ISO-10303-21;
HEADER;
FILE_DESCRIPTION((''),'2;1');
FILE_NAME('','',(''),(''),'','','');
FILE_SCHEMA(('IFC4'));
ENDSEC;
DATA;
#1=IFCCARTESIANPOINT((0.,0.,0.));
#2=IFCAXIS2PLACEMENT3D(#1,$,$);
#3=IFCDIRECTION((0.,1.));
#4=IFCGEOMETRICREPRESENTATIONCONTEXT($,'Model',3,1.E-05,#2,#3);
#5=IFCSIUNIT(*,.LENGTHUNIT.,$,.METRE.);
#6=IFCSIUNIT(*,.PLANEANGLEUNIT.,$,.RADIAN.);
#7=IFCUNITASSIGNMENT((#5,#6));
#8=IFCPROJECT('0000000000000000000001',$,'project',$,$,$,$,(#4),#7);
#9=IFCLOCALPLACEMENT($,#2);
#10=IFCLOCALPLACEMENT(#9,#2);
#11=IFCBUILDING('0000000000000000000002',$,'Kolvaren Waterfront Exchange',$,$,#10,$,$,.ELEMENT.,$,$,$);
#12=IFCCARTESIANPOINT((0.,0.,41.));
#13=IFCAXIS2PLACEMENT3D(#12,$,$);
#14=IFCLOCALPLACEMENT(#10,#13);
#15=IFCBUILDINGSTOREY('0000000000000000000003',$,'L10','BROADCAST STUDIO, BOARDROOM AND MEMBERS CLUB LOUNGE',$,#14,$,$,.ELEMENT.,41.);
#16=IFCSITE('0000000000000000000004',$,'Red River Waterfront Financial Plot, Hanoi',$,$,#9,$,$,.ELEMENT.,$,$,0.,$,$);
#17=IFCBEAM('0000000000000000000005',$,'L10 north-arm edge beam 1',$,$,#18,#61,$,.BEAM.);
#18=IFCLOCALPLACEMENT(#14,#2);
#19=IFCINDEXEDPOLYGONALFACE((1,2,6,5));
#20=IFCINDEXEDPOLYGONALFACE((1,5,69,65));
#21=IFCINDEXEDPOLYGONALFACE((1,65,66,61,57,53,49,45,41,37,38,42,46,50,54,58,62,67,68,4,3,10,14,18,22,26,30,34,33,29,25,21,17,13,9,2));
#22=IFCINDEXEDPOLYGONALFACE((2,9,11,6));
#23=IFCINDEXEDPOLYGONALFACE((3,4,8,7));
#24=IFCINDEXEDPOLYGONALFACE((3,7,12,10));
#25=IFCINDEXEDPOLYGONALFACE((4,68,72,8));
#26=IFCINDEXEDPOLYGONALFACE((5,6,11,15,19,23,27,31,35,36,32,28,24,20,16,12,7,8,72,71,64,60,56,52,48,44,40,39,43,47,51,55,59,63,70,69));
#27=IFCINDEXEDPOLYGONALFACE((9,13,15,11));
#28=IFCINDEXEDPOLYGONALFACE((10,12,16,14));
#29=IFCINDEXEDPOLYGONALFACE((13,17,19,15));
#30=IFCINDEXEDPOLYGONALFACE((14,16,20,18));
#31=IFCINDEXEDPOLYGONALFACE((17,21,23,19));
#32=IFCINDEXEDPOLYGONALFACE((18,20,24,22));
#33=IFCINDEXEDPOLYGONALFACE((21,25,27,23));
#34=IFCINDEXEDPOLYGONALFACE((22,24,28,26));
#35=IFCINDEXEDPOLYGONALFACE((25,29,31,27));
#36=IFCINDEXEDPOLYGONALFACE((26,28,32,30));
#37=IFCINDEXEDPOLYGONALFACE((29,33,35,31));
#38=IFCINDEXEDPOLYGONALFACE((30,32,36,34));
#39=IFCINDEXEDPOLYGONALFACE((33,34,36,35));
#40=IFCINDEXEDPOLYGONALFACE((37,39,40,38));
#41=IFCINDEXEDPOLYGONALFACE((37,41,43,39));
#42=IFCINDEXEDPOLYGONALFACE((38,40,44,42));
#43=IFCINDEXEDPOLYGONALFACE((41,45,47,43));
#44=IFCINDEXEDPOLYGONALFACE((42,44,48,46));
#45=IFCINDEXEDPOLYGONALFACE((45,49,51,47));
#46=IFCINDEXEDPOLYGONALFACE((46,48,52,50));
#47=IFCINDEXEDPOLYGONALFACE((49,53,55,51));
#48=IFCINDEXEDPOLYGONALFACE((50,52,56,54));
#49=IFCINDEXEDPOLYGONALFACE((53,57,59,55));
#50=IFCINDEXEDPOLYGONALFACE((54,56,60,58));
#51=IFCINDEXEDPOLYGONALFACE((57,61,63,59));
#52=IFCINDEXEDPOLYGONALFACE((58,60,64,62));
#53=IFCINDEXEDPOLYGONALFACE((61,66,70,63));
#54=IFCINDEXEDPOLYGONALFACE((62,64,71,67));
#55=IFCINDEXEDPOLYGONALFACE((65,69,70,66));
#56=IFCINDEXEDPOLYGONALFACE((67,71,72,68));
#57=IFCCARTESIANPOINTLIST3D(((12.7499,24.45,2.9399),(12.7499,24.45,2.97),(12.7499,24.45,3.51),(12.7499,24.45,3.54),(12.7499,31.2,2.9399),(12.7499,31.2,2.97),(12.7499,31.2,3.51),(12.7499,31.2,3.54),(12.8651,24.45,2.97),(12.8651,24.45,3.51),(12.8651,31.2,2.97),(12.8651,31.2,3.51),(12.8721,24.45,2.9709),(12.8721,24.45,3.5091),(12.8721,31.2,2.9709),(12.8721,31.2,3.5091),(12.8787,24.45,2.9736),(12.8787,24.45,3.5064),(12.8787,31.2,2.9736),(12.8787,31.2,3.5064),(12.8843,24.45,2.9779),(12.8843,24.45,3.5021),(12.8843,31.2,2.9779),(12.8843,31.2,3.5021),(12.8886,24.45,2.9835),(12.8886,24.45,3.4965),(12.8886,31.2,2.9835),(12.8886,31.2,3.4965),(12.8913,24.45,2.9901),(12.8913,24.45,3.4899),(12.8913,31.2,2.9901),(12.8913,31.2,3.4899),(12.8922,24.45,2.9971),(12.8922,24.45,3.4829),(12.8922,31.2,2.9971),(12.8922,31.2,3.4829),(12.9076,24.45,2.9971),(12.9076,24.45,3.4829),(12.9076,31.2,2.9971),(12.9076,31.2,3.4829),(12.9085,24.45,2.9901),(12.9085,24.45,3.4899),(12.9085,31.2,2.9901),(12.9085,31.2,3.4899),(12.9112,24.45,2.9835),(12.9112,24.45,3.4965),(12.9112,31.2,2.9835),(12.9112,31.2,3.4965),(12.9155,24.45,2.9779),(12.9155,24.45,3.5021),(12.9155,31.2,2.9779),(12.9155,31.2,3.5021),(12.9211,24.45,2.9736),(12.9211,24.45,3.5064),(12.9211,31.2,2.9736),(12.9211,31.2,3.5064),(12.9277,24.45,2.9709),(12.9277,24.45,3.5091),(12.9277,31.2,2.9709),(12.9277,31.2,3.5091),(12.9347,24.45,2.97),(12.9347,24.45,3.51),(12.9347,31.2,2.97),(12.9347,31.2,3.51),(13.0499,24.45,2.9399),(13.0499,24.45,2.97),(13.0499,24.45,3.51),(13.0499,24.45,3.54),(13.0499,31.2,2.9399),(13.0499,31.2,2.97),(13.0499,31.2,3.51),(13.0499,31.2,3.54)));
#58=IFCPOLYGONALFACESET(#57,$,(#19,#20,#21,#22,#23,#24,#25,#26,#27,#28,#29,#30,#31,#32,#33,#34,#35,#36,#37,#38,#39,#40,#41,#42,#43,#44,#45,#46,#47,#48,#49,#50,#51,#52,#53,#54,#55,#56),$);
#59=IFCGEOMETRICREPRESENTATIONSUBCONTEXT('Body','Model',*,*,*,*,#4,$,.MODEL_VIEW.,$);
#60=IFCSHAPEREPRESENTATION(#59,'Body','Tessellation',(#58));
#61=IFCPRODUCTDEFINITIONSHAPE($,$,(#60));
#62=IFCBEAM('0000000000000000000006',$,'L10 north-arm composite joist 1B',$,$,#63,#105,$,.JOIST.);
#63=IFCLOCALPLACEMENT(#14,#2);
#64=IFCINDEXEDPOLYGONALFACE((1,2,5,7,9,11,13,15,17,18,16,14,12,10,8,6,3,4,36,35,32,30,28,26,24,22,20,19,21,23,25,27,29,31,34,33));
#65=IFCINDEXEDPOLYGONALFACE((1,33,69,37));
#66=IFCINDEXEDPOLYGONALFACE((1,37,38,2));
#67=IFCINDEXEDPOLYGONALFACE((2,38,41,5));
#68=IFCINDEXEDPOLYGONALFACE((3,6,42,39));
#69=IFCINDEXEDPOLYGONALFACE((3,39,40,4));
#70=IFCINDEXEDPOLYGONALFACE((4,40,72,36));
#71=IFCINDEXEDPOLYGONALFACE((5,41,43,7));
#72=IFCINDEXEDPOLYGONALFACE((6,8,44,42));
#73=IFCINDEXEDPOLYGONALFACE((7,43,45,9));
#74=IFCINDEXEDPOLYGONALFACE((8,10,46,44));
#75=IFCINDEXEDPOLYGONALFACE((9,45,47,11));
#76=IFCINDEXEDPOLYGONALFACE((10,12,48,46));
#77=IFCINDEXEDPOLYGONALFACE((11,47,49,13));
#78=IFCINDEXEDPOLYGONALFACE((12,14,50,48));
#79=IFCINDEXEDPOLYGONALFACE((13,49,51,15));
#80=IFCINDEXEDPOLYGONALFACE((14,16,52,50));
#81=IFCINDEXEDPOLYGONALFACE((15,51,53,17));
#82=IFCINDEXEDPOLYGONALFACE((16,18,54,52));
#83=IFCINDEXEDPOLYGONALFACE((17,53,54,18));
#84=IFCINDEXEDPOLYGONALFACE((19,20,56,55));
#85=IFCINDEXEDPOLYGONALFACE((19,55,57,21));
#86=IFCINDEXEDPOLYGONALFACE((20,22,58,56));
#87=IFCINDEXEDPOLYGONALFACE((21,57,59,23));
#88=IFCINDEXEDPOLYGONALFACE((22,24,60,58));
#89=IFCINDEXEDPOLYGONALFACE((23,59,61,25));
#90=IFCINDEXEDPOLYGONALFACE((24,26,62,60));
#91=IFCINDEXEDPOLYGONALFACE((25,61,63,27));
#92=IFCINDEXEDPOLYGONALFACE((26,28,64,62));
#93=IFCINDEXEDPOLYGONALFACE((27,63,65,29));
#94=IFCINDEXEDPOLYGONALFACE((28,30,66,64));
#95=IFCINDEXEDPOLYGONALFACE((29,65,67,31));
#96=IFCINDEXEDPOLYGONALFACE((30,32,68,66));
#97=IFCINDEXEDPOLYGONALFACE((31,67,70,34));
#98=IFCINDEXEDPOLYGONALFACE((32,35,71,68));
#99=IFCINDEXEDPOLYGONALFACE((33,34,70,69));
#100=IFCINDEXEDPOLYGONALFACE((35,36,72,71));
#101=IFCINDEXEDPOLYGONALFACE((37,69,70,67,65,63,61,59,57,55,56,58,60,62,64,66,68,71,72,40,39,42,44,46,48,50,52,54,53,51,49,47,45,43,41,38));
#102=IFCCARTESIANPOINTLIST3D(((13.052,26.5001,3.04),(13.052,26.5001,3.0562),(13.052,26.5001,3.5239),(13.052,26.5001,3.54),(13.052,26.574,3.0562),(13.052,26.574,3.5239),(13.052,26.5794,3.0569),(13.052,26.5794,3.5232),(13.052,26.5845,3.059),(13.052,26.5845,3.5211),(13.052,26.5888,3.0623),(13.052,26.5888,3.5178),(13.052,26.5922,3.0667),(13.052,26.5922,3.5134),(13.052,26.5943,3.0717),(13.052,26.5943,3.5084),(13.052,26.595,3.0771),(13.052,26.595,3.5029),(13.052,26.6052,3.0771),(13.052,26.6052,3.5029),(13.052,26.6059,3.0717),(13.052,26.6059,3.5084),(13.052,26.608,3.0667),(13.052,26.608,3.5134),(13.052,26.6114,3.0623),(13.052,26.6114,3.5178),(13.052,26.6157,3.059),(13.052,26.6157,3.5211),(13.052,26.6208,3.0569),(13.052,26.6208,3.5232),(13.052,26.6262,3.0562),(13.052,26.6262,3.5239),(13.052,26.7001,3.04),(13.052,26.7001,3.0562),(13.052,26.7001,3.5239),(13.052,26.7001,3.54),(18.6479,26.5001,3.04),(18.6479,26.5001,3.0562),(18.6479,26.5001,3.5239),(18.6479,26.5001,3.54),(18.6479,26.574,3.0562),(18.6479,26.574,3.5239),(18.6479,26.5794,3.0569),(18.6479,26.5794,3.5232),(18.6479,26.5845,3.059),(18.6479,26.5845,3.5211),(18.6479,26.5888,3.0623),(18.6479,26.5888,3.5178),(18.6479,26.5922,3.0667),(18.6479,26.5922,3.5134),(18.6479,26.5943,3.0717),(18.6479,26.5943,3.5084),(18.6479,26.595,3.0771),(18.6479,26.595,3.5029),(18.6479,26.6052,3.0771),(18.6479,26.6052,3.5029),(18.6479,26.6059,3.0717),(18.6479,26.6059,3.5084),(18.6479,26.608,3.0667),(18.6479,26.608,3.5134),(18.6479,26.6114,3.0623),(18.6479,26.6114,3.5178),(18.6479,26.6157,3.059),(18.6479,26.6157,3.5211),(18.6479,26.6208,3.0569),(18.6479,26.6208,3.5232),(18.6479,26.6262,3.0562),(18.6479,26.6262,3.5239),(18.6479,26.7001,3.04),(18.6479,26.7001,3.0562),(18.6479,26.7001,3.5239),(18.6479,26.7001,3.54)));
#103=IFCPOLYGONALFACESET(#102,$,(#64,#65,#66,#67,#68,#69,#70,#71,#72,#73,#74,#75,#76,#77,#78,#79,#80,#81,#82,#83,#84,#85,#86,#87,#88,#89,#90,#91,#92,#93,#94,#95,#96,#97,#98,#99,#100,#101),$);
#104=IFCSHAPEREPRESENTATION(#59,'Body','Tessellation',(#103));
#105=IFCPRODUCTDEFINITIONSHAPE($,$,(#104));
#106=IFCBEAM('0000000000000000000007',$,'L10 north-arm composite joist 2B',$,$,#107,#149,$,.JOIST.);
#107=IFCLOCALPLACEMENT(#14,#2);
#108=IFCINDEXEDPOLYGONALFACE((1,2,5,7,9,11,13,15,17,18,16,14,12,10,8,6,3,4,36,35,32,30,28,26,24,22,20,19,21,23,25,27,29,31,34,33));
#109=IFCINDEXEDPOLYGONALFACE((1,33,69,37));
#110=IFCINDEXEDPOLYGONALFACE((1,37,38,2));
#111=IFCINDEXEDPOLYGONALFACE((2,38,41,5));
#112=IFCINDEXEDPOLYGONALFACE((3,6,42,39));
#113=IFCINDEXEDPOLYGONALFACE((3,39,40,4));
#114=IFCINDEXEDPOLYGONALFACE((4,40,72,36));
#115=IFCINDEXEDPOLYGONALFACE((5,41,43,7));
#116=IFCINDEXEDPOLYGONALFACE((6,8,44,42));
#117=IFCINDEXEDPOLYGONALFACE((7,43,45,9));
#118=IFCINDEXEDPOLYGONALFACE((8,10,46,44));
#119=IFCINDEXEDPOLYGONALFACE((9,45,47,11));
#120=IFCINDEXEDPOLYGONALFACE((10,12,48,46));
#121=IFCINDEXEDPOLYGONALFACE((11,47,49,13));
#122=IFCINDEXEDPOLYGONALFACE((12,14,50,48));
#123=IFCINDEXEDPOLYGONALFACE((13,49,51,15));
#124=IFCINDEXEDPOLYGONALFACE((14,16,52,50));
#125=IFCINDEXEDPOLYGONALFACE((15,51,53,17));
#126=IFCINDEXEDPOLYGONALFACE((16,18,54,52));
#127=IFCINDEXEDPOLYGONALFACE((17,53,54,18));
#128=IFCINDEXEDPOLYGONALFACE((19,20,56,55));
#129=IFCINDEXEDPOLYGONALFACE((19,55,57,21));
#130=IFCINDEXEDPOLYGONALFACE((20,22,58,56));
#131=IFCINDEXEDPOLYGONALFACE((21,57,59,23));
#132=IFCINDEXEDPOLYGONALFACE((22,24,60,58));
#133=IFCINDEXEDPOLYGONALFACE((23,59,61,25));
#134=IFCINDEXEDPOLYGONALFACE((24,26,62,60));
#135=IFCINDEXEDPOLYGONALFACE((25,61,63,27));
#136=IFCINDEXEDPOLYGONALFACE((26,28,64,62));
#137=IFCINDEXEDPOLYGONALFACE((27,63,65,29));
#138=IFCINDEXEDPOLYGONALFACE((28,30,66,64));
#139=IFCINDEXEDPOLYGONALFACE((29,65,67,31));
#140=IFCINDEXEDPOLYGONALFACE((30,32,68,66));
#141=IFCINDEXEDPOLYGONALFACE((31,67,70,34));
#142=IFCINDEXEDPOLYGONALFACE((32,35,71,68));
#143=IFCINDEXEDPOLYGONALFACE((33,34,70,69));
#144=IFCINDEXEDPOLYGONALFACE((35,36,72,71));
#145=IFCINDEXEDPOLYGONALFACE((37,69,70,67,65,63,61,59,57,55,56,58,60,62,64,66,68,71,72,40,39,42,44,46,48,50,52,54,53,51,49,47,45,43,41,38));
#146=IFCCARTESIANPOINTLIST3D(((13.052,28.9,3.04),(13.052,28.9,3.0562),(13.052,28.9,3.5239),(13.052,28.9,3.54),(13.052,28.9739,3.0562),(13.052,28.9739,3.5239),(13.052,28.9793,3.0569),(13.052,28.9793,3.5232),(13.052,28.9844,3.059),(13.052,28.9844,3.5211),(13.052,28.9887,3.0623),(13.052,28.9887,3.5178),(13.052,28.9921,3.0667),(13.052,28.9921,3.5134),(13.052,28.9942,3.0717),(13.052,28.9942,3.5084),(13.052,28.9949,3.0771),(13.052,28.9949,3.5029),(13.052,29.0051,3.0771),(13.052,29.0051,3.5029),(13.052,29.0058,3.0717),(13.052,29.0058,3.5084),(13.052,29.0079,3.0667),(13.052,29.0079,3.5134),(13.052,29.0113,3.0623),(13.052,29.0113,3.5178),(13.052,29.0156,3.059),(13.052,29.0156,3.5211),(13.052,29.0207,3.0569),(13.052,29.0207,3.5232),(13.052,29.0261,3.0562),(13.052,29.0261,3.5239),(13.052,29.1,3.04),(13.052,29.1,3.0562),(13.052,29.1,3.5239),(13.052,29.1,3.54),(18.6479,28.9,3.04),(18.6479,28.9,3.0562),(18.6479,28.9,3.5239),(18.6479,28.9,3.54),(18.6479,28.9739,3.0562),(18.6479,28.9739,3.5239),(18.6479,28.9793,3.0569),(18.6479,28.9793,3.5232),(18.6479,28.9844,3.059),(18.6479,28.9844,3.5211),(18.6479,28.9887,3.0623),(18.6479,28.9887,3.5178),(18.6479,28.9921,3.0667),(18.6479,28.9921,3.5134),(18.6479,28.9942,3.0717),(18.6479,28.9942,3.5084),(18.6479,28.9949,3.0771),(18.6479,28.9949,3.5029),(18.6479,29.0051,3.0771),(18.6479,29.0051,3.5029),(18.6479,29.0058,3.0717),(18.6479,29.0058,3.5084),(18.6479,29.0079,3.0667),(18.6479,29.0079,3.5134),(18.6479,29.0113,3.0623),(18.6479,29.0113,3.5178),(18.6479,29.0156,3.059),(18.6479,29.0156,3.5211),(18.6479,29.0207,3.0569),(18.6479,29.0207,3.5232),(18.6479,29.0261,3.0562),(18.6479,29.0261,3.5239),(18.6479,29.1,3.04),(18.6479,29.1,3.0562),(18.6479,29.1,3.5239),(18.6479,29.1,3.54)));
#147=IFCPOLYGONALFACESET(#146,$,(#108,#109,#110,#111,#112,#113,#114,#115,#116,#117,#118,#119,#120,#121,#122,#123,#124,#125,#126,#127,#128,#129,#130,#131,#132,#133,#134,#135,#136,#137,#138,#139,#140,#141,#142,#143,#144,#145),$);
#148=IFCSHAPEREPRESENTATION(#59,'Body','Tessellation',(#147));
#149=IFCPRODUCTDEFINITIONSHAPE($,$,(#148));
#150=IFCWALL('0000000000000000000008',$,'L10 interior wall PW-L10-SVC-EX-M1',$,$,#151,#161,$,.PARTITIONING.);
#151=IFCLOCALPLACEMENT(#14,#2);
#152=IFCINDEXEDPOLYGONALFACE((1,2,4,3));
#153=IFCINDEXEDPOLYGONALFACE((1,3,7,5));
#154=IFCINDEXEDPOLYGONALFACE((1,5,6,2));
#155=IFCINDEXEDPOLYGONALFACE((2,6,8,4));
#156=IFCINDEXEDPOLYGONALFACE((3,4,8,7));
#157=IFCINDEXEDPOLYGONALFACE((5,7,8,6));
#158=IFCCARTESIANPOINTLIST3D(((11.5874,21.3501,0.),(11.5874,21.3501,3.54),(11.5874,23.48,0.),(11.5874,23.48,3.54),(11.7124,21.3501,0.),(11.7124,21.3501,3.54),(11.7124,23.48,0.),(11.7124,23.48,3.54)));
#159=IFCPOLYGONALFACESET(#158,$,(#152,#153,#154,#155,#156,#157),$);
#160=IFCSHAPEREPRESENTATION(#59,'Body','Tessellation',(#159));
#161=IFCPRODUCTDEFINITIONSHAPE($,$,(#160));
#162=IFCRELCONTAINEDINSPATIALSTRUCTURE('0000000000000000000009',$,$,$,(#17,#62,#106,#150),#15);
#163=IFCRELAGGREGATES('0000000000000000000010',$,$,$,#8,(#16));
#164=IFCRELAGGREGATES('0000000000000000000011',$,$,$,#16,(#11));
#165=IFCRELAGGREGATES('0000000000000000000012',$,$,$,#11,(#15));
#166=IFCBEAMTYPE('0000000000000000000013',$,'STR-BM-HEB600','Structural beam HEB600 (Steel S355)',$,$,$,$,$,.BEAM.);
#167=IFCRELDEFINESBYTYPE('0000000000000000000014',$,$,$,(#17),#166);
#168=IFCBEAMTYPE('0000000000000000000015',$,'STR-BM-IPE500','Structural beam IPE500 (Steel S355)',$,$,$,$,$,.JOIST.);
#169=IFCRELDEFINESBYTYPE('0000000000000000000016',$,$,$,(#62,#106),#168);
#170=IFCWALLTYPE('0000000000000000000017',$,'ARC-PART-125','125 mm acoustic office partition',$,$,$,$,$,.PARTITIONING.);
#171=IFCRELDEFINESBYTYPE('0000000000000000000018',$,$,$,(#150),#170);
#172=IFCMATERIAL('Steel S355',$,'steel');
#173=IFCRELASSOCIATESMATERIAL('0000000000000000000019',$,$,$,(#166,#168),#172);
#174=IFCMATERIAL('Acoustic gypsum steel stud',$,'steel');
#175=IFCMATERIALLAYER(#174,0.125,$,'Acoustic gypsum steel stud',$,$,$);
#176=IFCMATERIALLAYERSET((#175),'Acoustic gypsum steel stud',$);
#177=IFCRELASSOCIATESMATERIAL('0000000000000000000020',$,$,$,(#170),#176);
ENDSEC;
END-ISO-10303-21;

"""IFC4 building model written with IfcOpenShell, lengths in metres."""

from ifc_helpers import new_model, si_unit, direction, frame, frame_2d, origin, origin_2d, place, context, subcontext, project, spatial, rectangle, i_section, extrude, material, layer, layer_set, material_profile, profile_set, type_object, element, save


model = new_model("IFC4")

# Units and contexts
model_context = context("Model", 3, precision=1e-05, world=origin(), true_north=direction((0.0, 1.0)))
body_context = subcontext(model_context, "Body", "Model", "MODEL_VIEW")
ifc_project = project(units=[si_unit("LENGTHUNIT", "METRE"), si_unit("PLANEANGLEUNIT", "RADIAN")], contexts=[model_context])

# Site, building, storey
site_placement = place(None, origin())
site = spatial("IfcSite", under=ifc_project, at=site_placement, Name="Red River Waterfront Financial Plot, Hanoi", CompositionType="ELEMENT", RefElevation=0.0)
building_placement = place(site_placement, origin())
building = spatial("IfcBuilding", under=site, at=building_placement, Name="Kolvaren Waterfront Exchange", CompositionType="ELEMENT")
storey_placement = place(building_placement, frame((0.0, 0.0, 41.0)))
storey = spatial("IfcBuildingStorey", under=building, at=storey_placement, Name="L10", Description="BROADCAST STUDIO, BOARDROOM AND MEMBERS CLUB LOUNGE", CompositionType="ELEMENT", Elevation=41.0)

# Beams
ifc_material_1 = material(Name="Steel S355", Category="steel")
ifc_material_profile_1 = material_profile(ifc_material_1, i_section(OverallWidth=0.3, OverallDepth=0.6001, WebThickness=0.0154, FlangeThickness=0.03, FilletRadius=0.0271, at=origin_2d()), Name="HEB600")
ifc_profile_set_1 = profile_set([ifc_material_profile_1], Name="Steel S355")
beam_type_1 = type_object("IfcBeamType", Name="STR-BM-HEB600", Description="Structural beam HEB600 (Steel S355)", PredefinedType="BEAM", material=ifc_profile_set_1)
beam_1_placement = place(storey_placement, frame((12.8999, 24.45, 3.24), z_axis=(0.0, 1.0, 0.0), x_axis=(-1.0, 0.0, 0.0)))
element("IfcBeam", 1, at=beam_1_placement, inside=storey, type_object=beam_type_1, Name="L10 north-arm edge beam 1", PredefinedType="BEAM", context=body_context, shape_type="SweptSolid", body=[
    extrude(i_section(OverallWidth=0.3, OverallDepth=0.6001, WebThickness=0.0154, FlangeThickness=0.03, FilletRadius=0.0271, at=origin_2d()), origin(), (0.0, 0.0, 1.0), 6.75),
])
ifc_material_profile_2 = material_profile(ifc_material_1, i_section(OverallWidth=0.2, OverallDepth=0.5, WebThickness=0.0103, FlangeThickness=0.0161, FilletRadius=0.021, at=origin_2d()), Name="IPE500")
ifc_profile_set_2 = profile_set([ifc_material_profile_2], Name="Steel S355")
beam_type_2 = type_object("IfcBeamType", Name="STR-BM-IPE500", Description="Structural beam IPE500 (Steel S355)", PredefinedType="JOIST", material=ifc_profile_set_2)
for number, where, z_axis, x_axis, name in (
    (2, (13.052, 26.6001, 3.29), (1.0, 0.0, 0.0), (0.0, 1.0, 0.0), "L10 north-arm composite joist 1B"),
    (3, (13.052, 29.0, 3.29), (1.0, 0.0, 0.0), (0.0, 1.0, 0.0), "L10 north-arm composite joist 2B"),
):
    element("IfcBeam", number, at=place(storey_placement, frame(where, z_axis=z_axis, x_axis=x_axis)), inside=storey, type_object=beam_type_2, Name=name, PredefinedType="JOIST", context=body_context, shape_type="SweptSolid", body=[
        extrude(i_section(OverallWidth=0.2, OverallDepth=0.5, WebThickness=0.0103, FlangeThickness=0.0161, FilletRadius=0.021, at=origin_2d()), origin(), (0.0, 0.0, 1.0), 5.5959),
    ])

# Shared definitions
ifc_material_2 = material(Name="Acoustic gypsum steel stud", Category="steel")
ifc_layer_1 = layer(ifc_material_2, 0.125, Name="Acoustic gypsum steel stud")
ifc_layer_set_1 = layer_set([ifc_layer_1], Name="Acoustic gypsum steel stud")
wall_type_1 = type_object("IfcWallType", Name="ARC-PART-125", Description="125 mm acoustic office partition", PredefinedType="PARTITIONING", material=ifc_layer_set_1)

# Wall
wall_1_placement = place(storey_placement, frame((11.6499, 21.3501, 0.0), z_axis=(0.0, 0.0, 1.0), x_axis=(0.0, 1.0, 0.0)))
element("IfcWall", 4, at=wall_1_placement, inside=storey, type_object=wall_type_1, Name="L10 interior wall PW-L10-SVC-EX-M1", PredefinedType="PARTITIONING", context=body_context, shape_type="SweptSolid", body=[
    extrude(rectangle(XDim=2.1299, YDim=0.125, at=frame_2d((1.0649, 0.0))), origin(), (0.0, 0.0, 1.0), 3.54),
])

save(model, "model.ifc")
